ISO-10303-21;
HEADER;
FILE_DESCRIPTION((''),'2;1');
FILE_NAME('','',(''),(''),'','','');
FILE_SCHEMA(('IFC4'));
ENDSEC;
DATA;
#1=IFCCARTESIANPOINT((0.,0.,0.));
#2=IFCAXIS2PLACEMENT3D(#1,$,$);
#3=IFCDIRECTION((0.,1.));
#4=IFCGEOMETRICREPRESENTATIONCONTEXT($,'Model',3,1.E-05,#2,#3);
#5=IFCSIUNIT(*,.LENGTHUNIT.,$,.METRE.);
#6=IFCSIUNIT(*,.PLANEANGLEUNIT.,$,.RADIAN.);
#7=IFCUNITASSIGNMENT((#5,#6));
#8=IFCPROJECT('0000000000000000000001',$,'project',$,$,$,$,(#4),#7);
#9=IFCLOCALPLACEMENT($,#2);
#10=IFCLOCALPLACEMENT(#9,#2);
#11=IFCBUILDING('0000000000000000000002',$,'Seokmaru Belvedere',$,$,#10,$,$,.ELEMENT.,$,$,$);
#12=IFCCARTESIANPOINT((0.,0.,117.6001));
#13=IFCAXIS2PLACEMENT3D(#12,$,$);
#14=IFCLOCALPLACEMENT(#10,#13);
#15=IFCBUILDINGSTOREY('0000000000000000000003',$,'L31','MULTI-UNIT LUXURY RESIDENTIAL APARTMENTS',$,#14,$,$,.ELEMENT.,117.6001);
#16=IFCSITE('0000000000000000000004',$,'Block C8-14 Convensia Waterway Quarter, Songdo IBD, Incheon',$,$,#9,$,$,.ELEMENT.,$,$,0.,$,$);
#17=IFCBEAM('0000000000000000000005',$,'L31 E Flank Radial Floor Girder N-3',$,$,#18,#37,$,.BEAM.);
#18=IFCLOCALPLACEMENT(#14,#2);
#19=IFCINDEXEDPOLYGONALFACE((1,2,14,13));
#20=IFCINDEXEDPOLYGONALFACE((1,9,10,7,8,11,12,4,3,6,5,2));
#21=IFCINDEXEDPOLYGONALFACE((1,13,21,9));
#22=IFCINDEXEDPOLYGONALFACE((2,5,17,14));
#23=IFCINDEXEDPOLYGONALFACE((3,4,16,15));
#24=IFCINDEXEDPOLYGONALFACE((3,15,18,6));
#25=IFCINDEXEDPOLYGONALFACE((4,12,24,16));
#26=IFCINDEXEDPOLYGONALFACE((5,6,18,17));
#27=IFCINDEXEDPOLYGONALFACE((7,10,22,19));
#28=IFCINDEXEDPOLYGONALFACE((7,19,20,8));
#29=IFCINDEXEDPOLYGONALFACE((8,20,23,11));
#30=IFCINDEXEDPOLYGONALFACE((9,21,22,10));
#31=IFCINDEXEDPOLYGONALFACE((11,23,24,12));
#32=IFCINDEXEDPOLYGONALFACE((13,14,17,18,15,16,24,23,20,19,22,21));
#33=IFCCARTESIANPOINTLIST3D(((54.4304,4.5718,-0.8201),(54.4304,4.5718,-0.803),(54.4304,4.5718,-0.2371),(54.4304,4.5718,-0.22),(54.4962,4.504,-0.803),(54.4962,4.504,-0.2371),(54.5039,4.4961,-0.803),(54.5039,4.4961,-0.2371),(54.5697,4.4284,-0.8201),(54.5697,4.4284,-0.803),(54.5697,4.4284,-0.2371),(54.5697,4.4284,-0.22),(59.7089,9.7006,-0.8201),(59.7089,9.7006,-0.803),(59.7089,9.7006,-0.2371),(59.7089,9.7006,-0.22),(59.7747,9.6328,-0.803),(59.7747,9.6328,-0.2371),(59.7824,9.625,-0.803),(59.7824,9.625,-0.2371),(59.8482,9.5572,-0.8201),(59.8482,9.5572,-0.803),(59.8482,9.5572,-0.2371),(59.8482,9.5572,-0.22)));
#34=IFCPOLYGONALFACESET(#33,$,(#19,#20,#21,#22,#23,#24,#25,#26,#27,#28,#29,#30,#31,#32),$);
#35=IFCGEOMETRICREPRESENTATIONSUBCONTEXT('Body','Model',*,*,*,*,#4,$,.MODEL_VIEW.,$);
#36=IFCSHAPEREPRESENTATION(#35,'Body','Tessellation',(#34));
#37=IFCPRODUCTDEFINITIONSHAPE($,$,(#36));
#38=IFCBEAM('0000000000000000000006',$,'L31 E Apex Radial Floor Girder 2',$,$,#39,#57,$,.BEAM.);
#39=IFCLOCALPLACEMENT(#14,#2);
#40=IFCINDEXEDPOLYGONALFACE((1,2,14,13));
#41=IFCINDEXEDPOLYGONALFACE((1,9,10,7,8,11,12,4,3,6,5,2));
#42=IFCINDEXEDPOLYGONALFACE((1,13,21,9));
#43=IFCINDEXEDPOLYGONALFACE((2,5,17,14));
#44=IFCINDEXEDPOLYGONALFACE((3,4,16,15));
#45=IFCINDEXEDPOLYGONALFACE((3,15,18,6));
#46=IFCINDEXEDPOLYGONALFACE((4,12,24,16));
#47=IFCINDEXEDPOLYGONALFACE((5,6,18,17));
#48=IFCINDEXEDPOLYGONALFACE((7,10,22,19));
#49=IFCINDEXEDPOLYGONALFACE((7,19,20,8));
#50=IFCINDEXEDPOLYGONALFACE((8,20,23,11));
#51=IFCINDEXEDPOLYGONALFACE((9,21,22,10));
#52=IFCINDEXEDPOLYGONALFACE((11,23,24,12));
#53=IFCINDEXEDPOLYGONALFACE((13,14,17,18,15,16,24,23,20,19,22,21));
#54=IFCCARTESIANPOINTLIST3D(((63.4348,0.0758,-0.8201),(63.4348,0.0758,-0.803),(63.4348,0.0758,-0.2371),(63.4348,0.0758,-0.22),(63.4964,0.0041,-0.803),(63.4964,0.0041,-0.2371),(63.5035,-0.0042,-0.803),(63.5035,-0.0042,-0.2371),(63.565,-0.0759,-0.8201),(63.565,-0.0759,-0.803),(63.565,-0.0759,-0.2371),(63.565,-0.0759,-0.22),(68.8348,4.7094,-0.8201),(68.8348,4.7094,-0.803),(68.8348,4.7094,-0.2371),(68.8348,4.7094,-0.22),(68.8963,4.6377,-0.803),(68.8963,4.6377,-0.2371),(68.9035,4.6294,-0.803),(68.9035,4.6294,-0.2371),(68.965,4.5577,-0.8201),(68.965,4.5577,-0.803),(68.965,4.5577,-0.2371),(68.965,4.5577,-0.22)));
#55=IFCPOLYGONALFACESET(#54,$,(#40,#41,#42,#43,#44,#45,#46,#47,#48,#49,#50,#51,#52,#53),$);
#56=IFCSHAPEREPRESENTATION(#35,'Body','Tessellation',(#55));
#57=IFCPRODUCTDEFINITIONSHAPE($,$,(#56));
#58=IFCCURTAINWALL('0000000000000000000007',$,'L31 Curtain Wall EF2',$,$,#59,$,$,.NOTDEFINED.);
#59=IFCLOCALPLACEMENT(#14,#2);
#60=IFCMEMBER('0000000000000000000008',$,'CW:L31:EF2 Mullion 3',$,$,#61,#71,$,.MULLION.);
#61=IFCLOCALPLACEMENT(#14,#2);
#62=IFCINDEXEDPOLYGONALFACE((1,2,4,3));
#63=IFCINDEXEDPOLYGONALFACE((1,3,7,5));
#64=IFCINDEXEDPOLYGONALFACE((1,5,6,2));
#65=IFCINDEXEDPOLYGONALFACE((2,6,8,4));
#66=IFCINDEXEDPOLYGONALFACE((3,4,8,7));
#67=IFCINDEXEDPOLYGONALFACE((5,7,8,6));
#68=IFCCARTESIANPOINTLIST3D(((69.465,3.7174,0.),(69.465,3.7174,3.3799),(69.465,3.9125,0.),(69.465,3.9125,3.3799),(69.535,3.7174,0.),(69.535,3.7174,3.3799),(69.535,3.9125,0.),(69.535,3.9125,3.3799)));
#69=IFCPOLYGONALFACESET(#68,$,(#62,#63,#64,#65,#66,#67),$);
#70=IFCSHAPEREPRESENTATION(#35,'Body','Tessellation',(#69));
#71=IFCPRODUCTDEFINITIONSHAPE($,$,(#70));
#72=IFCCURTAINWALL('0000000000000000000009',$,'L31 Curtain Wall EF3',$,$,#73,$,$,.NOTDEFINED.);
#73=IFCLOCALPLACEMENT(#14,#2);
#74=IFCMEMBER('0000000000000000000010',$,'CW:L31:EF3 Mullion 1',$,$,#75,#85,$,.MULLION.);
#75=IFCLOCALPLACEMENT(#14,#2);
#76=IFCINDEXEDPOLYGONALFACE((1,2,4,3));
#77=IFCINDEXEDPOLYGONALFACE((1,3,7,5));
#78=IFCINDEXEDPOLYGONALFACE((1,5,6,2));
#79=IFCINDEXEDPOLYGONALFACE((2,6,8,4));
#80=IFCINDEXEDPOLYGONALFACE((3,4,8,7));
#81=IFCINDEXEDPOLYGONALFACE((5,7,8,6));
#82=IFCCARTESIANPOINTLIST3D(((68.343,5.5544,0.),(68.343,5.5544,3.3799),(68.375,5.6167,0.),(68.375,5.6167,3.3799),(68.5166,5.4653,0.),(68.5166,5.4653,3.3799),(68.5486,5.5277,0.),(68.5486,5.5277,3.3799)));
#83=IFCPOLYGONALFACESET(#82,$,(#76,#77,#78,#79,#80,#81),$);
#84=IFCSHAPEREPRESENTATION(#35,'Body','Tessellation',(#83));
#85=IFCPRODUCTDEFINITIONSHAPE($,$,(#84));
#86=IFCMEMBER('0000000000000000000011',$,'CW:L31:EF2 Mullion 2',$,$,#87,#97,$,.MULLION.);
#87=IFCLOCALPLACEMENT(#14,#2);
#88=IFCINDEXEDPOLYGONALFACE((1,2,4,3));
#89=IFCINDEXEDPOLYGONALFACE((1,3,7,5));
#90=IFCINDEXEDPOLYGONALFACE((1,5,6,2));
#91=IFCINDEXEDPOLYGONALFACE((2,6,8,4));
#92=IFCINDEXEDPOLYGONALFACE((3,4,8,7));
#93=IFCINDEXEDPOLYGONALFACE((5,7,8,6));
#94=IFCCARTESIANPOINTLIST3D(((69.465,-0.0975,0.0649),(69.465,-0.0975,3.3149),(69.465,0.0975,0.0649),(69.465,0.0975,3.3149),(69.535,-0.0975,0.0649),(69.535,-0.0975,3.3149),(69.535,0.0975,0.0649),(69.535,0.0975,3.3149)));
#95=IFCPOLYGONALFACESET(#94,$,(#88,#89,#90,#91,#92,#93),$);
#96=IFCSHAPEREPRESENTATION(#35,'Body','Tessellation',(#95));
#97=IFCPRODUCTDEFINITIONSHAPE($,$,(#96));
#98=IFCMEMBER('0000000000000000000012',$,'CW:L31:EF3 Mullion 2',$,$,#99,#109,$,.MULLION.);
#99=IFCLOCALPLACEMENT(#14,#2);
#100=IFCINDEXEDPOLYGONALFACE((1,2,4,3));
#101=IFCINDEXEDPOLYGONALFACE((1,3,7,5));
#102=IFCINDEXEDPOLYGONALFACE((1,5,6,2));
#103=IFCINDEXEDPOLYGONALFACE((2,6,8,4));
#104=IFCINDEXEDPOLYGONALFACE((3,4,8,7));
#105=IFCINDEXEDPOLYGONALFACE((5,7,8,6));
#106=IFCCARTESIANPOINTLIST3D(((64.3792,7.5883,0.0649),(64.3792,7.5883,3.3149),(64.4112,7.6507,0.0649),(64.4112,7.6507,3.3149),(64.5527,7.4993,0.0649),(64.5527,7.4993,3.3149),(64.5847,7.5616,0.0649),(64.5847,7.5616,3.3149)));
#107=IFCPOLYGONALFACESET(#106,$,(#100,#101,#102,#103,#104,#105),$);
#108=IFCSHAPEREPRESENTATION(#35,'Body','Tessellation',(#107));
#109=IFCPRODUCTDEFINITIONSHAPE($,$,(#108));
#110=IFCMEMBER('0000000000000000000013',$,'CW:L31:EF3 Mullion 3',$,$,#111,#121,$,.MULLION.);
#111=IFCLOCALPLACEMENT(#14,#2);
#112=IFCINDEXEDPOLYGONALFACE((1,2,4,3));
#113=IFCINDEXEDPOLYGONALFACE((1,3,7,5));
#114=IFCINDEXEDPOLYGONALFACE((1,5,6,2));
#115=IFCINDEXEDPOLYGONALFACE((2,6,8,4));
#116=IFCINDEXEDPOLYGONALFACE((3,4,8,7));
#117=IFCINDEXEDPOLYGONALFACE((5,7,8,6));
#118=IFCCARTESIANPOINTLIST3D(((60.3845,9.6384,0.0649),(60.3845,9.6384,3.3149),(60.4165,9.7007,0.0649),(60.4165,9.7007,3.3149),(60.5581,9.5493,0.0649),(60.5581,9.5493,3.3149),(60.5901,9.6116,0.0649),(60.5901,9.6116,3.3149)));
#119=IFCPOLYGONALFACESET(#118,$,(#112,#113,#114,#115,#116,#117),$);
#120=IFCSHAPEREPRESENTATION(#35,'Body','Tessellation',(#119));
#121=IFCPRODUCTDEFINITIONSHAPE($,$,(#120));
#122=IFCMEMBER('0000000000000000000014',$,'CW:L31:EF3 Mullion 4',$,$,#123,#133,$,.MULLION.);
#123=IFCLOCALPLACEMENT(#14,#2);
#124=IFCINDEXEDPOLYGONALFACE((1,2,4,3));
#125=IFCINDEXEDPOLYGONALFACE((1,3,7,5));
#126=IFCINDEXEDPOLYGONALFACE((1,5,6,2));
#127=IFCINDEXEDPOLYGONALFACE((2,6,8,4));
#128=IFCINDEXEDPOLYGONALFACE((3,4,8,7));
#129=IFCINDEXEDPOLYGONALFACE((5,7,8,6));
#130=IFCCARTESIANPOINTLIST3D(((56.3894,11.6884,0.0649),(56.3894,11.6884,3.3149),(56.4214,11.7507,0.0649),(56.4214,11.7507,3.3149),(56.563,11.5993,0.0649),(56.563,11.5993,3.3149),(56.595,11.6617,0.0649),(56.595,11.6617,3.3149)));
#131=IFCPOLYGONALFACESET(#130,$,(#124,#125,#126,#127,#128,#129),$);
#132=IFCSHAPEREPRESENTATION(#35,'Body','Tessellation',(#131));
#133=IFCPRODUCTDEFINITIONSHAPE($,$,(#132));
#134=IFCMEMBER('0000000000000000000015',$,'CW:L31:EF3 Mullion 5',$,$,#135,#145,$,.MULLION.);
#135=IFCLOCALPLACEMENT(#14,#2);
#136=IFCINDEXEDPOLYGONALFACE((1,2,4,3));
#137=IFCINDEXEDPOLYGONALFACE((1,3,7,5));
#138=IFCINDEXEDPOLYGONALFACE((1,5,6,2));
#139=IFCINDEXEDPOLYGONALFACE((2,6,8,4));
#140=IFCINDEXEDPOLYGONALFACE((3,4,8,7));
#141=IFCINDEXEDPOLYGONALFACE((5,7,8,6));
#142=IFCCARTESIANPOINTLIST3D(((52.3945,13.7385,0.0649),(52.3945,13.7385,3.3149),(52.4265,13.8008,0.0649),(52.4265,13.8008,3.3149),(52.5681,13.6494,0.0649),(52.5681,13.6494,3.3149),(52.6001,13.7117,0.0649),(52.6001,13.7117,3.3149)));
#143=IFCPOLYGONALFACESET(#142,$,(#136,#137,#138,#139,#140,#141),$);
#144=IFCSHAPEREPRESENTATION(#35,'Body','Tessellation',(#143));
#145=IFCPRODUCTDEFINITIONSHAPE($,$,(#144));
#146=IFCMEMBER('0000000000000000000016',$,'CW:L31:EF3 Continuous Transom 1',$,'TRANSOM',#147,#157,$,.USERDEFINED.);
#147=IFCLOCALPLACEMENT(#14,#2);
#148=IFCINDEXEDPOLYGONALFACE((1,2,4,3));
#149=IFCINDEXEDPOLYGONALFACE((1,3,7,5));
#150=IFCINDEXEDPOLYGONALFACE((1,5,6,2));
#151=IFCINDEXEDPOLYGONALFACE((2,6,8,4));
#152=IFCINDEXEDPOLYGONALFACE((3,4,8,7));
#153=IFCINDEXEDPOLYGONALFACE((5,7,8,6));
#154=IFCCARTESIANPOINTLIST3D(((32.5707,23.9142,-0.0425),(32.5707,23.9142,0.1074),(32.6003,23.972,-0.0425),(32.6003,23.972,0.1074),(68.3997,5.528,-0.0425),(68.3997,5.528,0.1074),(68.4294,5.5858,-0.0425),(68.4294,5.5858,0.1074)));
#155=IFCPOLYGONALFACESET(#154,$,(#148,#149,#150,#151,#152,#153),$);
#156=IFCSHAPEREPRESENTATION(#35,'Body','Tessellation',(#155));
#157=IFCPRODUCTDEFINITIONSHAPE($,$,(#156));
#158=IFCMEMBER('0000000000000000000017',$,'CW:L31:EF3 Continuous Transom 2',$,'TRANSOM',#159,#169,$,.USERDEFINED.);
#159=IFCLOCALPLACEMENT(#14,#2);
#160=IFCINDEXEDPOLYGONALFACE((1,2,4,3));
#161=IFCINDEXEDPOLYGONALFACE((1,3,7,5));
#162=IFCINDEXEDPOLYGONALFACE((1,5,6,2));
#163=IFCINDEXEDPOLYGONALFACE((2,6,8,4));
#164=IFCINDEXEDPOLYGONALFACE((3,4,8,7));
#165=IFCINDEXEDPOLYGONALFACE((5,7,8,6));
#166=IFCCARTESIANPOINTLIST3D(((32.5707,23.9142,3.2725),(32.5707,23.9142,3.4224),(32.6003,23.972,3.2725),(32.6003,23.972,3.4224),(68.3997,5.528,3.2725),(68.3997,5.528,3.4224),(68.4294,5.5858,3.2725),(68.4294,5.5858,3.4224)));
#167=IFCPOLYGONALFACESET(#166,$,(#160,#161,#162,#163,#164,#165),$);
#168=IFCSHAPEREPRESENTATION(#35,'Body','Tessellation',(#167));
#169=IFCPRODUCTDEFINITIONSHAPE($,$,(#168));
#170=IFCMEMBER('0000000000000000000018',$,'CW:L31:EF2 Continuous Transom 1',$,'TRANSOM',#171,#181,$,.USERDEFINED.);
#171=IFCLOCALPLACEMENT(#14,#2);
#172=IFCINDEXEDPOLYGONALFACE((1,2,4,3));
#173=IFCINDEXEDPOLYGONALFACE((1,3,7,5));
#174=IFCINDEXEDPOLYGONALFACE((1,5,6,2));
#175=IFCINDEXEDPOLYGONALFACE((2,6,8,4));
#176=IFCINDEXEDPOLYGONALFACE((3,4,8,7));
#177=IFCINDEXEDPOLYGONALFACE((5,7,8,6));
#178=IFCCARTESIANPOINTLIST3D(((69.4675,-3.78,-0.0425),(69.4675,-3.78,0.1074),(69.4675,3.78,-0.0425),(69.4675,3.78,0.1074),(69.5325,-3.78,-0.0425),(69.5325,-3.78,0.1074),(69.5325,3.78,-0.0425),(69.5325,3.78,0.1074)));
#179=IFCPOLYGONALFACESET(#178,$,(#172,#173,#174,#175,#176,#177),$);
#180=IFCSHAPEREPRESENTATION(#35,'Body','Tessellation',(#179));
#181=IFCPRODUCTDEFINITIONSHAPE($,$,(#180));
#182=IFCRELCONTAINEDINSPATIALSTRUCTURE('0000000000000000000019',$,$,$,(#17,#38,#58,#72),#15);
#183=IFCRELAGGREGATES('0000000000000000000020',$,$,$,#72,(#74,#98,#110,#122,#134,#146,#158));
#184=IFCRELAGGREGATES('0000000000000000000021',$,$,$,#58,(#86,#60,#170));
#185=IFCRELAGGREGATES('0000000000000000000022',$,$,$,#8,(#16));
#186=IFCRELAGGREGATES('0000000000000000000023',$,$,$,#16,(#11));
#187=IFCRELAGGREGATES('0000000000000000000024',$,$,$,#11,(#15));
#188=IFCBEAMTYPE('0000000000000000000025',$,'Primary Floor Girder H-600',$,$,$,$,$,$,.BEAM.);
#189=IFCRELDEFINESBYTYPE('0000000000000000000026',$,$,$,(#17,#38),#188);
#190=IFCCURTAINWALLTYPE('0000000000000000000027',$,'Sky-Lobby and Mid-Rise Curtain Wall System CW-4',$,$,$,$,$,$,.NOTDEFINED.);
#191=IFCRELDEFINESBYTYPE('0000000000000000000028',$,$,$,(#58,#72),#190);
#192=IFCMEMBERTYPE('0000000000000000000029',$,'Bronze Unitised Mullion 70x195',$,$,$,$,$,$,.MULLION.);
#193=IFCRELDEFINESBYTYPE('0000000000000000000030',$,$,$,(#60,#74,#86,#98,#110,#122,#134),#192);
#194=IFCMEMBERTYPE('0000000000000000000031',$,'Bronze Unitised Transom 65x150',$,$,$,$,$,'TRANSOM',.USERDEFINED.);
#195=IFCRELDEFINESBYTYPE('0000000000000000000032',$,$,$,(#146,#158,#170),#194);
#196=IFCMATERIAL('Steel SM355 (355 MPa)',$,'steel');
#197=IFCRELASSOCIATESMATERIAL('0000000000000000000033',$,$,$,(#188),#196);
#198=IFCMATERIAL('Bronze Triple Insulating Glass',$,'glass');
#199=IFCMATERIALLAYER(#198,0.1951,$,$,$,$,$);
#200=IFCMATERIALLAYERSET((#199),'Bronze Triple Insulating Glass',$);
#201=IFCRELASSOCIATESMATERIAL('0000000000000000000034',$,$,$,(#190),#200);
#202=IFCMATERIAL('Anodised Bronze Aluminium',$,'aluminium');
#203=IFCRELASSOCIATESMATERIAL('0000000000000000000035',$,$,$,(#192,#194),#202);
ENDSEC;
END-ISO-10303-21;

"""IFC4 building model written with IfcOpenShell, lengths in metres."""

from ifc_helpers import new_model, si_unit, direction, frame, origin, origin_2d, place, context, subcontext, project, spatial, rectangle, i_section, extrude, source, transform, mapped, material, layer, layer_set, material_profile, profile_set, type_object, type_shapes, element, aggregate, save


model = new_model("IFC4")

# Units and contexts
model_context = context("Model", 3, precision=1e-05, world=origin(), true_north=direction((0.0, 1.0)))
body_context = subcontext(model_context, "Body", "Model", "MODEL_VIEW")
ifc_project = project(units=[si_unit("LENGTHUNIT", "METRE"), si_unit("PLANEANGLEUNIT", "RADIAN")], contexts=[model_context])

# Site, building, storey
site_placement = place(None, origin())
site = spatial("IfcSite", under=ifc_project, at=site_placement, Name="Block C8-14 Convensia Waterway Quarter, Songdo IBD, Incheon", CompositionType="ELEMENT", RefElevation=0.0)
building_placement = place(site_placement, origin())
building = spatial("IfcBuilding", under=site, at=building_placement, Name="Seokmaru Belvedere", CompositionType="ELEMENT")
storey_placement = place(building_placement, frame((0.0, 0.0, 117.6001)))
storey = spatial("IfcBuildingStorey", under=building, at=storey_placement, Name="L31", Description="MULTI-UNIT LUXURY RESIDENTIAL APARTMENTS", CompositionType="ELEMENT", Elevation=117.6001)

# Shared definitions
ifc_material_1 = material(Name="Steel SM355 (355 MPa)", Category="steel")

# Beams
ifc_material_profile_1 = material_profile(ifc_material_1, i_section(OverallWidth=0.2, OverallDepth=0.6001, WebThickness=0.011, FlangeThickness=0.0171, at=origin_2d()), Name="H-600x200x11x17")
ifc_profile_set_1 = profile_set([ifc_material_profile_1], Name="Steel SM355 (355 MPa)")
beam_type_1 = type_object("IfcBeamType", Name="Primary Floor Girder H-600", PredefinedType="BEAM", material=ifc_profile_set_1)
shared_shape_1 = source(origin(), body_context, "Body", "SweptSolid", [
    extrude(i_section(OverallWidth=0.2, OverallDepth=0.6001, WebThickness=0.011, FlangeThickness=0.0171, at=origin_2d()), origin(), (0.0, 0.0, 1.0), 7.3599),
])
beam_1_placement = place(storey_placement, frame((59.7786, 9.6289, -0.52), z_axis=(-0.717201, -0.696867, 0.0), x_axis=(0.696867, -0.717201, 0.0)))
element("IfcBeam", 1, at=beam_1_placement, inside=storey, type_object=beam_type_1, Name="L31 E Flank Radial Floor Girder N-3", PredefinedType="BEAM", context=body_context, shape_type="MappedRepresentation", body=[
    mapped(shared_shape_1, transform((0.0, 0.0, 0.0), scale=1.0)),
])
shared_shape_2 = source(origin(), body_context, "Body", "SweptSolid", [
    extrude(i_section(OverallWidth=0.2, OverallDepth=0.6001, WebThickness=0.011, FlangeThickness=0.0171, at=origin_2d()), origin(), (0.0, 0.0, 1.0), 7.1155),
])
beam_2_placement = place(storey_placement, frame((68.8999, 4.6335, -0.52), z_axis=(-0.758905, -0.651201, 0.0), x_axis=(0.651201, -0.758905, 0.0)))
element("IfcBeam", 2, at=beam_2_placement, inside=storey, type_object=beam_type_1, Name="L31 E Apex Radial Floor Girder 2", PredefinedType="BEAM", context=body_context, shape_type="MappedRepresentation", body=[
    mapped(shared_shape_2, transform((0.0, 0.0, 0.0), scale=1.0)),
])

# Curtain walls, members
ifc_material_2 = material(Name="Bronze Triple Insulating Glass", Category="glass")
ifc_layer_1 = layer(ifc_material_2, 0.1951)
ifc_layer_set_1 = layer_set([ifc_layer_1], Name="Bronze Triple Insulating Glass")
curtain_wall_type = type_object("IfcCurtainWallType", Name="Sky-Lobby and Mid-Rise Curtain Wall System CW-4", PredefinedType="NOTDEFINED", material=ifc_layer_set_1)
curtain_wall_1_placement = place(storey_placement, origin())
curtain_wall_1 = element("IfcCurtainWall", 3, at=curtain_wall_1_placement, inside=storey, type_object=curtain_wall_type, Name="L31 Curtain Wall EF2", PredefinedType="NOTDEFINED")
ifc_material_3 = material(Name="Anodised Bronze Aluminium", Category="aluminium")
ifc_material_profile_2 = material_profile(ifc_material_3, rectangle(XDim=0.0701, YDim=0.1951, at=origin_2d()), Name="CW-M-70x195")
ifc_profile_set_2 = profile_set([ifc_material_profile_2], Name="Anodised Bronze Aluminium")
member_type_1 = type_object("IfcMemberType", Name="Bronze Unitised Mullion 70x195", PredefinedType="MULLION", material=ifc_profile_set_2)
shared_shape_3 = source(origin(), body_context, "Body", "SweptSolid", [
    extrude(rectangle(XDim=0.0701, YDim=0.1951, at=origin_2d()), origin(), (0.0, 0.0, 1.0), 3.3799),
])
member_1_placement = place(storey_placement, frame((69.5, 3.8149, 0.0), z_axis=(0.0, 0.0, 1.0), x_axis=(-1.0, 0.0, 0.0)))
member_1 = element("IfcMember", 4, at=member_1_placement, type_object=member_type_1, Name="CW:L31:EF2 Mullion 3", PredefinedType="MULLION", context=body_context, shape_type="MappedRepresentation", body=[
    mapped(shared_shape_3, transform((0.0, 0.0, 0.0), scale=1.0)),
])
curtain_wall_2_placement = place(storey_placement, origin())
curtain_wall_2 = element("IfcCurtainWall", 5, at=curtain_wall_2_placement, inside=storey, type_object=curtain_wall_type, Name="L31 Curtain Wall EF3", PredefinedType="NOTDEFINED")
member_2_placement = place(storey_placement, frame((68.4458, 5.541, 0.0), z_axis=(0.0, 0.0, 1.0), x_axis=(-0.456555, -0.889695, 0.0)))
member_2 = element("IfcMember", 6, at=member_2_placement, type_object=member_type_1, Name="CW:L31:EF3 Mullion 1", PredefinedType="MULLION", context=body_context, shape_type="MappedRepresentation", body=[
    mapped(shared_shape_3, transform((0.0, 0.0, 0.0), scale=1.0)),
])

# Members
shared_shape_4 = source(origin(), body_context, "Body", "SweptSolid", [
    extrude(rectangle(XDim=0.0701, YDim=0.1951, at=origin_2d()), origin(), (0.0, 0.0, 1.0), 3.25),
])
type_shapes(member_type_1, [shared_shape_3, shared_shape_4])
member_3_placement = place(storey_placement, frame((69.5, 0.0, 0.0649), z_axis=(0.0, 0.0, 1.0), x_axis=(-1.0, 0.0, 0.0)))
member_3 = element("IfcMember", 7, at=member_3_placement, type_object=member_type_1, Name="CW:L31:EF2 Mullion 2", PredefinedType="MULLION", context=body_context, shape_type="MappedRepresentation", body=[
    mapped(shared_shape_4, transform((0.0, 0.0, 0.0), scale=1.0)),
])
member_4_placement = place(storey_placement, frame((64.4819, 7.575, 0.0649), z_axis=(0.0, 0.0, 1.0), x_axis=(-0.456555, -0.889695, 0.0)))
member_4 = element("IfcMember", 8, at=member_4_placement, type_object=member_type_1, Name="CW:L31:EF3 Mullion 2", PredefinedType="MULLION", context=body_context, shape_type="MappedRepresentation", body=[
    mapped(shared_shape_4, transform((0.0, 0.0, 0.0), scale=1.0)),
])
member_5_placement = place(storey_placement, frame((60.4873, 9.625, 0.0649), z_axis=(0.0, 0.0, 1.0), x_axis=(-0.456555, -0.889695, 0.0)))
member_5 = element("IfcMember", 9, at=member_5_placement, type_object=member_type_1, Name="CW:L31:EF3 Mullion 3", PredefinedType="MULLION", context=body_context, shape_type="MappedRepresentation", body=[
    mapped(shared_shape_4, transform((0.0, 0.0, 0.0), scale=1.0)),
])
member_6_placement = place(storey_placement, frame((56.4922, 11.675, 0.0649), z_axis=(0.0, 0.0, 1.0), x_axis=(-0.456555, -0.889695, 0.0)))
member_6 = element("IfcMember", 10, at=member_6_placement, type_object=member_type_1, Name="CW:L31:EF3 Mullion 4", PredefinedType="MULLION", context=body_context, shape_type="MappedRepresentation", body=[
    mapped(shared_shape_4, transform((0.0, 0.0, 0.0), scale=1.0)),
])
member_7_placement = place(storey_placement, frame((52.4973, 13.7251, 0.0649), z_axis=(0.0, 0.0, 1.0), x_axis=(-0.456555, -0.889695, 0.0)))
member_7 = element("IfcMember", 11, at=member_7_placement, type_object=member_type_1, Name="CW:L31:EF3 Mullion 5", PredefinedType="MULLION", context=body_context, shape_type="MappedRepresentation", body=[
    mapped(shared_shape_4, transform((0.0, 0.0, 0.0), scale=1.0)),
])
ifc_material_profile_3 = material_profile(ifc_material_3, rectangle(XDim=0.0649, YDim=0.1499, at=origin_2d()), Name="CW-T-65x150")
ifc_profile_set_3 = profile_set([ifc_material_profile_3], Name="Anodised Bronze Aluminium")
member_type_2 = type_object("IfcMemberType", Name="Bronze Unitised Transom 65x150", ElementType="TRANSOM", PredefinedType="USERDEFINED", material=ifc_profile_set_3)
shared_shape_5 = source(origin(), body_context, "Body", "SweptSolid", [
    extrude(rectangle(XDim=0.0649, YDim=0.1499, at=origin_2d()), origin(), (0.0, 0.0, 1.0), 40.2712),
])
member_8_placement = place(storey_placement, frame((68.4146, 5.5569, 0.0325), z_axis=(-0.889693, 0.456559, 0.0), x_axis=(-0.456559, -0.889693, 0.0)))
member_8 = element("IfcMember", 12, at=member_8_placement, type_object=member_type_2, Name="CW:L31:EF3 Continuous Transom 1", ObjectType="TRANSOM", PredefinedType="USERDEFINED", context=body_context, shape_type="MappedRepresentation", body=[
    mapped(shared_shape_5, transform((0.0, 0.0, 0.0), scale=1.0)),
])
member_9_placement = place(storey_placement, frame((68.4146, 5.5569, 3.3474), z_axis=(-0.889693, 0.456559, 0.0), x_axis=(-0.456559, -0.889693, 0.0)))
member_9 = element("IfcMember", 13, at=member_9_placement, type_object=member_type_2, Name="CW:L31:EF3 Continuous Transom 2", ObjectType="TRANSOM", PredefinedType="USERDEFINED", context=body_context, shape_type="MappedRepresentation", body=[
    mapped(shared_shape_5, transform((0.0, 0.0, 0.0), scale=1.0)),
])
shared_shape_6 = source(origin(), body_context, "Body", "SweptSolid", [
    extrude(rectangle(XDim=0.0649, YDim=0.1499, at=origin_2d()), origin(), (0.0, 0.0, 1.0), 7.5601),
])
type_shapes(member_type_2, [shared_shape_5, shared_shape_6])
member_10_placement = place(storey_placement, frame((69.5, -3.78, 0.0325), z_axis=(0.0, 1.0, 0.0), x_axis=(-1.0, 0.0, 0.0)))
member_10 = element("IfcMember", 14, at=member_10_placement, type_object=member_type_2, Name="CW:L31:EF2 Continuous Transom 1", ObjectType="TRANSOM", PredefinedType="USERDEFINED", context=body_context, shape_type="MappedRepresentation", body=[
    mapped(shared_shape_6, transform((0.0, 0.0, 0.0), scale=1.0)),
])

aggregate(curtain_wall_2, [member_2, member_4, member_5, member_6, member_7, member_8, member_9])
aggregate(curtain_wall_1, [member_3, member_1, member_10])

save(model, "model.ifc")
